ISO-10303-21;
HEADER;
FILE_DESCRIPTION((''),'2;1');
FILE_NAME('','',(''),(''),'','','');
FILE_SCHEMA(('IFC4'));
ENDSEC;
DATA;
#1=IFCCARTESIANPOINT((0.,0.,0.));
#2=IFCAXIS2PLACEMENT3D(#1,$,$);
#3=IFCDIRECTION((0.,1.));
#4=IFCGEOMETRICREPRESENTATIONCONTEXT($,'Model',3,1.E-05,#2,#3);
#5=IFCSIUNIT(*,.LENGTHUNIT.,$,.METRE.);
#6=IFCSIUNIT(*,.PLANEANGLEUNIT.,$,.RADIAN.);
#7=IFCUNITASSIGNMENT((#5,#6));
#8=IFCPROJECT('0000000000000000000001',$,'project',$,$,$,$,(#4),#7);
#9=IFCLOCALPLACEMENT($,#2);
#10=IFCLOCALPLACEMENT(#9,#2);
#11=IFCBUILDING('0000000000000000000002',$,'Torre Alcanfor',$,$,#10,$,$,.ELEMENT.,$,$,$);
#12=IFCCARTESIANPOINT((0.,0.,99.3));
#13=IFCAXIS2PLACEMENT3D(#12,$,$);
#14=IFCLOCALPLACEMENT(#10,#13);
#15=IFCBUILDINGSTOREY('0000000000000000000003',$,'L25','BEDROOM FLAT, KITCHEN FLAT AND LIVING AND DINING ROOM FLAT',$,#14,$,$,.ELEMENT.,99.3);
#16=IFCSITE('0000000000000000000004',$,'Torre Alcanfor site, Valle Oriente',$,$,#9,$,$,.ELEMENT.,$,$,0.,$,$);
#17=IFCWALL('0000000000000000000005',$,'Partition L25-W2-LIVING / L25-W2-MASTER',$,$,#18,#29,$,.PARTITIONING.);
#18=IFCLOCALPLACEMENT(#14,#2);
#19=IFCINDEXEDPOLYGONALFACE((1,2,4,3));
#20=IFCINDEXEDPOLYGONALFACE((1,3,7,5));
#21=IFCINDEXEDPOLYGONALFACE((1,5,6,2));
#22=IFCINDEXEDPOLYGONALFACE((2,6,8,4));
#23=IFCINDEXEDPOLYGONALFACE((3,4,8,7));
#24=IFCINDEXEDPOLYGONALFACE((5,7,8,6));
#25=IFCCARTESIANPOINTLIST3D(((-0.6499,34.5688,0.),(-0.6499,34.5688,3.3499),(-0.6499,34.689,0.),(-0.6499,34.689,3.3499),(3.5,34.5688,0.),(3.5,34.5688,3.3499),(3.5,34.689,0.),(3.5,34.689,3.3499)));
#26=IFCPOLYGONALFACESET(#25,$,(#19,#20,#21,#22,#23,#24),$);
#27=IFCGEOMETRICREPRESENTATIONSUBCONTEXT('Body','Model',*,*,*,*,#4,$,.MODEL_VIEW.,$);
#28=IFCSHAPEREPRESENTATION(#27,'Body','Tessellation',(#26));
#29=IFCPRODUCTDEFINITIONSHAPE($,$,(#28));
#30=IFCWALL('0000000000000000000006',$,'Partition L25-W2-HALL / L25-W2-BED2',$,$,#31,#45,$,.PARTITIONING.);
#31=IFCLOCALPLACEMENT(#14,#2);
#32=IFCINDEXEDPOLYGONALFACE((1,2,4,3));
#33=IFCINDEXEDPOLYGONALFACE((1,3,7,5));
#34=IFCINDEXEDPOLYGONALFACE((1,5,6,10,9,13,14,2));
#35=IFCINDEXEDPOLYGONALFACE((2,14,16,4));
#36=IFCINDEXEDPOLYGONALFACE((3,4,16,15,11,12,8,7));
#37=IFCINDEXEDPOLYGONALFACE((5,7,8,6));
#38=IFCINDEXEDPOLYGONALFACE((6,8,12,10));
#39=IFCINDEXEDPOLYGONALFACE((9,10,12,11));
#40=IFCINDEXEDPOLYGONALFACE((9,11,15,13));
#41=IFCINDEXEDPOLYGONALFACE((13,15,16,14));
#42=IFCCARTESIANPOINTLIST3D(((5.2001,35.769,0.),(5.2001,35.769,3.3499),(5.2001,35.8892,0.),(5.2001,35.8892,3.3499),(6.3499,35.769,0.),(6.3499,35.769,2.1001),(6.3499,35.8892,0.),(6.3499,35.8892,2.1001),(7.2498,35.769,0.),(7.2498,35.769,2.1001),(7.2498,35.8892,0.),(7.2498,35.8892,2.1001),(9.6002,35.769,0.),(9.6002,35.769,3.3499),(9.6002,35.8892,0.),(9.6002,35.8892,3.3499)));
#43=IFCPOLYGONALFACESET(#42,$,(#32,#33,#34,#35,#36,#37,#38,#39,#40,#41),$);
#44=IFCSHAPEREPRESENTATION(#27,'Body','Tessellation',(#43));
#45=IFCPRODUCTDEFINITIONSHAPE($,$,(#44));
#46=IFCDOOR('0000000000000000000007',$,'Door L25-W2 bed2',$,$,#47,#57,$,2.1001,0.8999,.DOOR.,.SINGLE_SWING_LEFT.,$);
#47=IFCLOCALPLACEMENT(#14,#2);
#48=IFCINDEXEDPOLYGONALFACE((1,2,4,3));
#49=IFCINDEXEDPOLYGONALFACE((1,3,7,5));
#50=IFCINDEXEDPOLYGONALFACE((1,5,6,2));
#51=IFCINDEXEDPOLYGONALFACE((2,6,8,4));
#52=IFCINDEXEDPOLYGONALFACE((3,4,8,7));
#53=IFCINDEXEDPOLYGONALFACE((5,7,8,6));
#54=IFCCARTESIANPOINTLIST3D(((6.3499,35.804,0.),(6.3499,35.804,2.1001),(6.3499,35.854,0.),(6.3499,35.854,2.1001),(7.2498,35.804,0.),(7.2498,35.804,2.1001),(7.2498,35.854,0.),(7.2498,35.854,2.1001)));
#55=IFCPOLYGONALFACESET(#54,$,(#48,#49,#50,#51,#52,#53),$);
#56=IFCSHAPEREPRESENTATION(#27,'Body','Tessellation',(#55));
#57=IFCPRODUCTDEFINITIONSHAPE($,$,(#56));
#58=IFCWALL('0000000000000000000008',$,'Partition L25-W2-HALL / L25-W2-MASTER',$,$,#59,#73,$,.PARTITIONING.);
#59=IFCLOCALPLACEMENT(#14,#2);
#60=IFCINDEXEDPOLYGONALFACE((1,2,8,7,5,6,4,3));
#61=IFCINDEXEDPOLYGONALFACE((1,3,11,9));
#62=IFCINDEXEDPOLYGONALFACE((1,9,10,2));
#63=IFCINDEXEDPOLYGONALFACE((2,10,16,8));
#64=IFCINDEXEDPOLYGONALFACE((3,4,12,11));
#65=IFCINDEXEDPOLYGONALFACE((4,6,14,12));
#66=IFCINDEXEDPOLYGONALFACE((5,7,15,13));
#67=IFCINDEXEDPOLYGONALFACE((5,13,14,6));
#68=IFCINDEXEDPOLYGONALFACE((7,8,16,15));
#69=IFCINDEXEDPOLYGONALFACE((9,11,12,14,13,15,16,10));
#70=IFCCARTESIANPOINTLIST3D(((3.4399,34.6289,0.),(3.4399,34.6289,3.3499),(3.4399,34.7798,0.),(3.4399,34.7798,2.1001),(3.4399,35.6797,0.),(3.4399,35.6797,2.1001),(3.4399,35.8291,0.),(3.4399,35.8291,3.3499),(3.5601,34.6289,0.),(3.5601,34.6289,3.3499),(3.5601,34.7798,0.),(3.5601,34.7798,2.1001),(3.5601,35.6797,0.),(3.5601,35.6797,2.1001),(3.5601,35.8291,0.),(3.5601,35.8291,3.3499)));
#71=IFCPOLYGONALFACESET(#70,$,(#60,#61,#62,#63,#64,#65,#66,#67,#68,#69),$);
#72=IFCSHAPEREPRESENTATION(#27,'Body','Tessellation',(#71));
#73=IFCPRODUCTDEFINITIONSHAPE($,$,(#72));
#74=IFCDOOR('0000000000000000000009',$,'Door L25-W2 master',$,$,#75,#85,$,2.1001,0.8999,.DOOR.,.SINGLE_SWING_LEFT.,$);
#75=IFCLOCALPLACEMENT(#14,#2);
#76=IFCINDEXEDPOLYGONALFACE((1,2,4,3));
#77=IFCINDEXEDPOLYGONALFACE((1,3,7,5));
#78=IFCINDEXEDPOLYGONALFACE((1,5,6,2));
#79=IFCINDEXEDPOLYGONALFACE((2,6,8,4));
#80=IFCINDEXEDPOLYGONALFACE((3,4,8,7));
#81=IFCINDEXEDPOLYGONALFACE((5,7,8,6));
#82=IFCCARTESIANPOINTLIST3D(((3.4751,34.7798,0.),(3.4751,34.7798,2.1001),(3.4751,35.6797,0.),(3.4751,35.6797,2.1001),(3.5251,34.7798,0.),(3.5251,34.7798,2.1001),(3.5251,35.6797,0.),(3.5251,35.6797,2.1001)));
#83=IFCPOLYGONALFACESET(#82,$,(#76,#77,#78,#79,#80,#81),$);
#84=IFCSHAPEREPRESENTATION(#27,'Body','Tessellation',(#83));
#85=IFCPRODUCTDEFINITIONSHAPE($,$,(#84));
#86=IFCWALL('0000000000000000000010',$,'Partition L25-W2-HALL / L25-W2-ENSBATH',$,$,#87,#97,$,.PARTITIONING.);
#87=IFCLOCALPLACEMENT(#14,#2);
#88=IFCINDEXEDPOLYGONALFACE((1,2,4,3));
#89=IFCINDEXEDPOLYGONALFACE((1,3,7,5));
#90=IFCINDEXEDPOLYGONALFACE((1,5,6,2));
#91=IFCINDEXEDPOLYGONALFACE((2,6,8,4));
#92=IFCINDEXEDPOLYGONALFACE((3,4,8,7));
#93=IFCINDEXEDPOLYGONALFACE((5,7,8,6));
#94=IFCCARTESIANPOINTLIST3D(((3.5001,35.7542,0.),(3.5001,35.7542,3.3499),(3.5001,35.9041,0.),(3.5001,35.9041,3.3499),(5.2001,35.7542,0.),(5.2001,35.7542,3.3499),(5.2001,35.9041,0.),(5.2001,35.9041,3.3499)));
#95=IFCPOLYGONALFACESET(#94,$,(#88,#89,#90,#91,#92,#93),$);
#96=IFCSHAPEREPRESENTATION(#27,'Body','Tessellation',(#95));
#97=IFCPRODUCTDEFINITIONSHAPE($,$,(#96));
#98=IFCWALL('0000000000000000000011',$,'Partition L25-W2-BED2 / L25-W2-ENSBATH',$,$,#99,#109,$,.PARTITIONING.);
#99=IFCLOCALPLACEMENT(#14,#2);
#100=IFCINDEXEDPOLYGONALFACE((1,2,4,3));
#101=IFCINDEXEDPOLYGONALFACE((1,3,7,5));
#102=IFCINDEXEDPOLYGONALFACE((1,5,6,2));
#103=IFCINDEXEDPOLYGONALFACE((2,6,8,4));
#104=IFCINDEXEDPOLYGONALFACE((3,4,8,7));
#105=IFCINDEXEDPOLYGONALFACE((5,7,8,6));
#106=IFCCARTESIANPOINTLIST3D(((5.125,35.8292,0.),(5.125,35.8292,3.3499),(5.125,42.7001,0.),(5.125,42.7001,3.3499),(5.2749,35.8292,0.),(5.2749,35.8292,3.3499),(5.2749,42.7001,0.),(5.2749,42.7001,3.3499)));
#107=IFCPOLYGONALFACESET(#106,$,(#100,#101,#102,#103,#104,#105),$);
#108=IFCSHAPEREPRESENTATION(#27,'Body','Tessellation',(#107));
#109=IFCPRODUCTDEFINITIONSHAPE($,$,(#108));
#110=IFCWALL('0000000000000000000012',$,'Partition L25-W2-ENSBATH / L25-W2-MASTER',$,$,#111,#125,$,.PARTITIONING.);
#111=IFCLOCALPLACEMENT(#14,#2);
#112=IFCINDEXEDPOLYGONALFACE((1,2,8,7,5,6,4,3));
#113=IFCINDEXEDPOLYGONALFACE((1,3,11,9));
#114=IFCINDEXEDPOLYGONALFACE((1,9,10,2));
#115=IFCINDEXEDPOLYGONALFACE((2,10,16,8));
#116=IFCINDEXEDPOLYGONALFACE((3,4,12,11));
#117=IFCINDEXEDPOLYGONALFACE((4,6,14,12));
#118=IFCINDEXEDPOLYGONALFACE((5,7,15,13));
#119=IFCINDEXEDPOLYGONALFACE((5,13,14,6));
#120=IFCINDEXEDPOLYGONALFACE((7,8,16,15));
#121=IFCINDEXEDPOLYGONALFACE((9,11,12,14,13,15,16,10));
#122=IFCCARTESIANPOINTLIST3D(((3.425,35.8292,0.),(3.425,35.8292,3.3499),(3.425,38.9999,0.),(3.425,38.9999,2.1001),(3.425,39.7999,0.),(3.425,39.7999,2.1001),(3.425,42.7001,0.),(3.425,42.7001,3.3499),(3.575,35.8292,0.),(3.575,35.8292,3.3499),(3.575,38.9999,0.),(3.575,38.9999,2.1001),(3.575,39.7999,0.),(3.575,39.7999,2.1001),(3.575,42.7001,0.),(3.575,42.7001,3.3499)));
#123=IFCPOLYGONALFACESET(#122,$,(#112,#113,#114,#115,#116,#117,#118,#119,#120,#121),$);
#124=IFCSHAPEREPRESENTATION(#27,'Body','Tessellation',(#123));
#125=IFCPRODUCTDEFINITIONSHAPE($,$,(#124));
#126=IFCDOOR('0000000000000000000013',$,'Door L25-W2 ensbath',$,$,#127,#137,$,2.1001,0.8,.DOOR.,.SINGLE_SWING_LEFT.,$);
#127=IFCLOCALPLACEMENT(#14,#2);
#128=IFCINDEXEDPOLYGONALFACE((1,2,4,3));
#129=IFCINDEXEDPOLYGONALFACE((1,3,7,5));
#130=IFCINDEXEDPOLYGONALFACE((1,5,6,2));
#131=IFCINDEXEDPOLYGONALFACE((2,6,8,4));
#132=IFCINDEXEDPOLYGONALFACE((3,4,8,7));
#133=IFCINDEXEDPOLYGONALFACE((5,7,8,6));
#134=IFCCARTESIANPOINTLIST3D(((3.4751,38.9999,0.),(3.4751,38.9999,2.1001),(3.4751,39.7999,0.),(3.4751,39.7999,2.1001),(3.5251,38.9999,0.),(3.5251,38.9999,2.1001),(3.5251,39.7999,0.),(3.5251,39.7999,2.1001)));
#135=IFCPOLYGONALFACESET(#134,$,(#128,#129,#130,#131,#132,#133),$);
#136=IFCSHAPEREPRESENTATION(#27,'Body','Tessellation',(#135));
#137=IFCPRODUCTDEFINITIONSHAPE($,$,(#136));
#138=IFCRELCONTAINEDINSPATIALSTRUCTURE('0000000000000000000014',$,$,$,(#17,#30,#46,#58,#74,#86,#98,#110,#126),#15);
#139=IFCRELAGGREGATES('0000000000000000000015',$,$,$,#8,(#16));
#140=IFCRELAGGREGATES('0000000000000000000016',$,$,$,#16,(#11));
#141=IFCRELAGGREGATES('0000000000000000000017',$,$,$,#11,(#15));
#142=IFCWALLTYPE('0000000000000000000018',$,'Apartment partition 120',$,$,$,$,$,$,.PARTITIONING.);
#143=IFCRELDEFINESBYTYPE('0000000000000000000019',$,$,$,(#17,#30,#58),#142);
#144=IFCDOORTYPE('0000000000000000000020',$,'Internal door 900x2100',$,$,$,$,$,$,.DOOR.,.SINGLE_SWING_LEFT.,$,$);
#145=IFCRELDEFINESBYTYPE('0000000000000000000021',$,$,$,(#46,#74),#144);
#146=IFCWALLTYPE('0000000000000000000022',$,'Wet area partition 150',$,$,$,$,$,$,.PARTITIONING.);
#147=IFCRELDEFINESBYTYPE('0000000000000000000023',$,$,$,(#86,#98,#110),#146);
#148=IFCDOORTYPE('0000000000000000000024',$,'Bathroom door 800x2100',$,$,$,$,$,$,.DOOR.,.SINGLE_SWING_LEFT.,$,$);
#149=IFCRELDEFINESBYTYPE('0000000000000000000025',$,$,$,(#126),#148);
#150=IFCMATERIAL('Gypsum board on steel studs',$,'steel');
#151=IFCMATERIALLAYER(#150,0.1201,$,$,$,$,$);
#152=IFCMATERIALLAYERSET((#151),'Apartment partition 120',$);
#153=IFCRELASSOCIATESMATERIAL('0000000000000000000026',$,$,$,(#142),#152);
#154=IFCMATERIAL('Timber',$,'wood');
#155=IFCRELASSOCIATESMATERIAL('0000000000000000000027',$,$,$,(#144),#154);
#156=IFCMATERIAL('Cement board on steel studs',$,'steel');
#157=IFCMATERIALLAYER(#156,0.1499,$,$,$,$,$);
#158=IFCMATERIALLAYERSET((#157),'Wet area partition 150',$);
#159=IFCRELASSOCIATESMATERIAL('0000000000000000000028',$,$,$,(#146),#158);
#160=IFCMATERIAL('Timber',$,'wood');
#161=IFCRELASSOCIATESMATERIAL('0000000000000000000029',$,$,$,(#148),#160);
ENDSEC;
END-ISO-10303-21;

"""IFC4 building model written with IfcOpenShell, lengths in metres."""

from ifc_helpers import new_model, si_unit, direction, frame, frame_2d, origin, place, context, subcontext, project, spatial, rectangle, extrude, material, layer, layer_set, type_object, element, fill, save


model = new_model("IFC4")

# Units and contexts
model_context = context("Model", 3, precision=1e-05, world=origin(), true_north=direction((0.0, 1.0)))
body_context = subcontext(model_context, "Body", "Model", "MODEL_VIEW")
ifc_project = project(units=[si_unit("LENGTHUNIT", "METRE"), si_unit("PLANEANGLEUNIT", "RADIAN")], contexts=[model_context])

# Site, building, storey
site_placement = place(None, origin())
site = spatial("IfcSite", under=ifc_project, at=site_placement, Name="Torre Alcanfor site, Valle Oriente", CompositionType="ELEMENT", RefElevation=0.0)
building_placement = place(site_placement, origin())
building = spatial("IfcBuilding", under=site, at=building_placement, Name="Torre Alcanfor", CompositionType="ELEMENT")
storey_placement = place(building_placement, frame((0.0, 0.0, 99.3)))
storey = spatial("IfcBuildingStorey", under=building, at=storey_placement, Name="L25", Description="BEDROOM FLAT, KITCHEN FLAT AND LIVING AND DINING ROOM FLAT", CompositionType="ELEMENT", Elevation=99.3)

# Shared definitions
ifc_material_1 = material(Name="Gypsum board on steel studs", Category="steel")
ifc_layer_1 = layer(ifc_material_1, 0.1201)
ifc_layer_set_1 = layer_set([ifc_layer_1], Name="Apartment partition 120")
wall_type_1 = type_object("IfcWallType", Name="Apartment partition 120", PredefinedType="PARTITIONING", material=ifc_layer_set_1)

# Shared definitions
ifc_material_2 = material(Name="Timber", Category="wood")
door_type_1 = type_object("IfcDoorType", Name="Internal door 900x2100", OperationType="SINGLE_SWING_LEFT", PredefinedType="DOOR", material=ifc_material_2)

# Wall
wall_1_placement = place(storey_placement, frame((-0.6499, 34.6289, 0.0), z_axis=(0.0, 0.0, 1.0), x_axis=(1.0, 0.0, 0.0)))
element("IfcWall", 1, at=wall_1_placement, inside=storey, type_object=wall_type_1, Name="Partition L25-W2-LIVING / L25-W2-MASTER", PredefinedType="PARTITIONING", context=body_context, shape_type="SweptSolid", body=[
    extrude(rectangle(XDim=4.1499, YDim=0.1201, at=frame_2d((2.075, 0.0))), origin(), (0.0, 0.0, 1.0), 3.3499),
])

# Walls, openings, doors
wall_2_placement = place(storey_placement, frame((5.2, 35.8291, 0.0), z_axis=(0.0, 0.0, 1.0), x_axis=(1.0, 0.0, 0.0)))
wall_2 = element("IfcWall", 2, at=wall_2_placement, inside=storey, type_object=wall_type_1, Name="Partition L25-W2-HALL / L25-W2-BED2", PredefinedType="PARTITIONING", context=body_context, shape_type="SweptSolid", body=[
    extrude(rectangle(XDim=4.4001, YDim=0.1201, at=frame_2d((2.2002, 0.0))), origin(), (0.0, 0.0, 1.0), 3.3499),
])
opening_1_placement = place(wall_2_placement, frame((1.1499, 0.0, 0.0)))
opening_1 = element("IfcOpeningElement", 3, at=opening_1_placement, cuts=wall_2, PredefinedType="OPENING", context=body_context, shape_type="SweptSolid", body=[
    extrude(rectangle(XDim=0.8999, YDim=2.1001, at=frame_2d((0.45, 1.05))), frame((0.0, 0.0701, 0.0), z_axis=(0.0, -1.0, 0.0), x_axis=(1.0, 0.0, 0.0)), (0.0, 0.0, 1.0), 0.1401),
])
door_1_placement = place(opening_1_placement, origin())
door_1 = element("IfcDoor", 4, at=door_1_placement, inside=storey, type_object=door_type_1, Name="Door L25-W2 bed2", OperationType="SINGLE_SWING_LEFT", OverallHeight=2.1001, OverallWidth=0.8999, PredefinedType="DOOR", context=body_context, shape_type="SweptSolid", body=[
    extrude(rectangle(XDim=0.8999, YDim=2.1001, at=frame_2d((0.45, 1.05))), frame((0.0, 0.0249, 0.0), z_axis=(0.0, -1.0, 0.0), x_axis=(1.0, 0.0, 0.0)), (0.0, 0.0, 1.0), 0.05),
])
fill(opening_1, door_1)
wall_3_placement = place(storey_placement, frame((3.5, 34.6289, 0.0), z_axis=(0.0, 0.0, 1.0), x_axis=(0.0, 1.0, 0.0)))
wall_3 = element("IfcWall", 5, at=wall_3_placement, inside=storey, type_object=wall_type_1, Name="Partition L25-W2-HALL / L25-W2-MASTER", PredefinedType="PARTITIONING", context=body_context, shape_type="SweptSolid", body=[
    extrude(rectangle(XDim=1.2002, YDim=0.1201, at=frame_2d((0.6001, 0.0))), origin(), (0.0, 0.0, 1.0), 3.3499),
])
opening_2_placement = place(wall_3_placement, frame((0.1509, 0.0, 0.0)))
opening_2 = element("IfcOpeningElement", 6, at=opening_2_placement, cuts=wall_3, PredefinedType="OPENING", context=body_context, shape_type="SweptSolid", body=[
    extrude(rectangle(XDim=0.8999, YDim=2.1001, at=frame_2d((0.45, 1.05))), frame((0.0, 0.0701, 0.0), z_axis=(0.0, -1.0, 0.0), x_axis=(1.0, 0.0, 0.0)), (0.0, 0.0, 1.0), 0.1401),
])
door_2_placement = place(opening_2_placement, origin())
door_2 = element("IfcDoor", 7, at=door_2_placement, inside=storey, type_object=door_type_1, Name="Door L25-W2 master", OperationType="SINGLE_SWING_LEFT", OverallHeight=2.1001, OverallWidth=0.8999, PredefinedType="DOOR", context=body_context, shape_type="SweptSolid", body=[
    extrude(rectangle(XDim=0.8999, YDim=2.1001, at=frame_2d((0.45, 1.05))), frame((0.0, 0.0249, 0.0), z_axis=(0.0, -1.0, 0.0), x_axis=(1.0, 0.0, 0.0)), (0.0, 0.0, 1.0), 0.05),
])
fill(opening_2, door_2)

# Walls
ifc_material_3 = material(Name="Cement board on steel studs", Category="steel")
ifc_layer_2 = layer(ifc_material_3, 0.1499)
ifc_layer_set_2 = layer_set([ifc_layer_2], Name="Wet area partition 150")
wall_type_2 = type_object("IfcWallType", Name="Wet area partition 150", PredefinedType="PARTITIONING", material=ifc_layer_set_2)
wall_4_placement = place(storey_placement, frame((3.5, 35.8291, 0.0), z_axis=(0.0, 0.0, 1.0), x_axis=(1.0, 0.0, 0.0)))
element("IfcWall", 8, at=wall_4_placement, inside=storey, type_object=wall_type_2, Name="Partition L25-W2-HALL / L25-W2-ENSBATH", PredefinedType="PARTITIONING", context=body_context, shape_type="SweptSolid", body=[
    extrude(rectangle(XDim=1.7, YDim=0.1499, at=frame_2d((0.8501, 0.0))), origin(), (0.0, 0.0, 1.0), 3.3499),
])
wall_5_placement = place(storey_placement, frame((5.2, 35.8291, 0.0), z_axis=(0.0, 0.0, 1.0), x_axis=(0.0, 1.0, 0.0)))
element("IfcWall", 9, at=wall_5_placement, inside=storey, type_object=wall_type_2, Name="Partition L25-W2-BED2 / L25-W2-ENSBATH", PredefinedType="PARTITIONING", context=body_context, shape_type="SweptSolid", body=[
    extrude(rectangle(XDim=6.8708, YDim=0.1499, at=frame_2d((3.4355, 0.0))), origin(), (0.0, 0.0, 1.0), 3.3499),
])

# Wall, opening, door
wall_6_placement = place(storey_placement, frame((3.5, 35.8291, 0.0), z_axis=(0.0, 0.0, 1.0), x_axis=(0.0, 1.0, 0.0)))
wall_6 = element("IfcWall", 10, at=wall_6_placement, inside=storey, type_object=wall_type_2, Name="Partition L25-W2-ENSBATH / L25-W2-MASTER", PredefinedType="PARTITIONING", context=body_context, shape_type="SweptSolid", body=[
    extrude(rectangle(XDim=6.8708, YDim=0.1499, at=frame_2d((3.4355, 0.0))), origin(), (0.0, 0.0, 1.0), 3.3499),
])
opening_3_placement = place(wall_6_placement, frame((3.1709, 0.0, 0.0)))
opening_3 = element("IfcOpeningElement", 11, at=opening_3_placement, cuts=wall_6, PredefinedType="OPENING", context=body_context, shape_type="SweptSolid", body=[
    extrude(rectangle(XDim=0.8, YDim=2.1001, at=frame_2d((0.3999, 1.05))), frame((0.0, 0.085, 0.0), z_axis=(0.0, -1.0, 0.0), x_axis=(1.0, 0.0, 0.0)), (0.0, 0.0, 1.0), 0.1699),
])
ifc_material_4 = material(Name="Timber", Category="wood")
door_type_2 = type_object("IfcDoorType", Name="Bathroom door 800x2100", OperationType="SINGLE_SWING_LEFT", PredefinedType="DOOR", material=ifc_material_4)
door_3_placement = place(opening_3_placement, frame((0.8, 0.0, 0.0), z_axis=(0.0, 0.0, 1.0), x_axis=(-1.0, 0.0, 0.0)))
door_3 = element("IfcDoor", 12, at=door_3_placement, inside=storey, type_object=door_type_2, Name="Door L25-W2 ensbath", OperationType="SINGLE_SWING_LEFT", OverallHeight=2.1001, OverallWidth=0.8, PredefinedType="DOOR", context=body_context, shape_type="SweptSolid", body=[
    extrude(rectangle(XDim=0.8, YDim=2.1001, at=frame_2d((0.4001, 1.05))), frame((0.0, 0.0251, 0.0), z_axis=(0.0, -1.0, 0.0), x_axis=(1.0, 0.0, 0.0)), (0.0, 0.0, 1.0), 0.05),
])
fill(opening_3, door_3)

save(model, "model.ifc")
